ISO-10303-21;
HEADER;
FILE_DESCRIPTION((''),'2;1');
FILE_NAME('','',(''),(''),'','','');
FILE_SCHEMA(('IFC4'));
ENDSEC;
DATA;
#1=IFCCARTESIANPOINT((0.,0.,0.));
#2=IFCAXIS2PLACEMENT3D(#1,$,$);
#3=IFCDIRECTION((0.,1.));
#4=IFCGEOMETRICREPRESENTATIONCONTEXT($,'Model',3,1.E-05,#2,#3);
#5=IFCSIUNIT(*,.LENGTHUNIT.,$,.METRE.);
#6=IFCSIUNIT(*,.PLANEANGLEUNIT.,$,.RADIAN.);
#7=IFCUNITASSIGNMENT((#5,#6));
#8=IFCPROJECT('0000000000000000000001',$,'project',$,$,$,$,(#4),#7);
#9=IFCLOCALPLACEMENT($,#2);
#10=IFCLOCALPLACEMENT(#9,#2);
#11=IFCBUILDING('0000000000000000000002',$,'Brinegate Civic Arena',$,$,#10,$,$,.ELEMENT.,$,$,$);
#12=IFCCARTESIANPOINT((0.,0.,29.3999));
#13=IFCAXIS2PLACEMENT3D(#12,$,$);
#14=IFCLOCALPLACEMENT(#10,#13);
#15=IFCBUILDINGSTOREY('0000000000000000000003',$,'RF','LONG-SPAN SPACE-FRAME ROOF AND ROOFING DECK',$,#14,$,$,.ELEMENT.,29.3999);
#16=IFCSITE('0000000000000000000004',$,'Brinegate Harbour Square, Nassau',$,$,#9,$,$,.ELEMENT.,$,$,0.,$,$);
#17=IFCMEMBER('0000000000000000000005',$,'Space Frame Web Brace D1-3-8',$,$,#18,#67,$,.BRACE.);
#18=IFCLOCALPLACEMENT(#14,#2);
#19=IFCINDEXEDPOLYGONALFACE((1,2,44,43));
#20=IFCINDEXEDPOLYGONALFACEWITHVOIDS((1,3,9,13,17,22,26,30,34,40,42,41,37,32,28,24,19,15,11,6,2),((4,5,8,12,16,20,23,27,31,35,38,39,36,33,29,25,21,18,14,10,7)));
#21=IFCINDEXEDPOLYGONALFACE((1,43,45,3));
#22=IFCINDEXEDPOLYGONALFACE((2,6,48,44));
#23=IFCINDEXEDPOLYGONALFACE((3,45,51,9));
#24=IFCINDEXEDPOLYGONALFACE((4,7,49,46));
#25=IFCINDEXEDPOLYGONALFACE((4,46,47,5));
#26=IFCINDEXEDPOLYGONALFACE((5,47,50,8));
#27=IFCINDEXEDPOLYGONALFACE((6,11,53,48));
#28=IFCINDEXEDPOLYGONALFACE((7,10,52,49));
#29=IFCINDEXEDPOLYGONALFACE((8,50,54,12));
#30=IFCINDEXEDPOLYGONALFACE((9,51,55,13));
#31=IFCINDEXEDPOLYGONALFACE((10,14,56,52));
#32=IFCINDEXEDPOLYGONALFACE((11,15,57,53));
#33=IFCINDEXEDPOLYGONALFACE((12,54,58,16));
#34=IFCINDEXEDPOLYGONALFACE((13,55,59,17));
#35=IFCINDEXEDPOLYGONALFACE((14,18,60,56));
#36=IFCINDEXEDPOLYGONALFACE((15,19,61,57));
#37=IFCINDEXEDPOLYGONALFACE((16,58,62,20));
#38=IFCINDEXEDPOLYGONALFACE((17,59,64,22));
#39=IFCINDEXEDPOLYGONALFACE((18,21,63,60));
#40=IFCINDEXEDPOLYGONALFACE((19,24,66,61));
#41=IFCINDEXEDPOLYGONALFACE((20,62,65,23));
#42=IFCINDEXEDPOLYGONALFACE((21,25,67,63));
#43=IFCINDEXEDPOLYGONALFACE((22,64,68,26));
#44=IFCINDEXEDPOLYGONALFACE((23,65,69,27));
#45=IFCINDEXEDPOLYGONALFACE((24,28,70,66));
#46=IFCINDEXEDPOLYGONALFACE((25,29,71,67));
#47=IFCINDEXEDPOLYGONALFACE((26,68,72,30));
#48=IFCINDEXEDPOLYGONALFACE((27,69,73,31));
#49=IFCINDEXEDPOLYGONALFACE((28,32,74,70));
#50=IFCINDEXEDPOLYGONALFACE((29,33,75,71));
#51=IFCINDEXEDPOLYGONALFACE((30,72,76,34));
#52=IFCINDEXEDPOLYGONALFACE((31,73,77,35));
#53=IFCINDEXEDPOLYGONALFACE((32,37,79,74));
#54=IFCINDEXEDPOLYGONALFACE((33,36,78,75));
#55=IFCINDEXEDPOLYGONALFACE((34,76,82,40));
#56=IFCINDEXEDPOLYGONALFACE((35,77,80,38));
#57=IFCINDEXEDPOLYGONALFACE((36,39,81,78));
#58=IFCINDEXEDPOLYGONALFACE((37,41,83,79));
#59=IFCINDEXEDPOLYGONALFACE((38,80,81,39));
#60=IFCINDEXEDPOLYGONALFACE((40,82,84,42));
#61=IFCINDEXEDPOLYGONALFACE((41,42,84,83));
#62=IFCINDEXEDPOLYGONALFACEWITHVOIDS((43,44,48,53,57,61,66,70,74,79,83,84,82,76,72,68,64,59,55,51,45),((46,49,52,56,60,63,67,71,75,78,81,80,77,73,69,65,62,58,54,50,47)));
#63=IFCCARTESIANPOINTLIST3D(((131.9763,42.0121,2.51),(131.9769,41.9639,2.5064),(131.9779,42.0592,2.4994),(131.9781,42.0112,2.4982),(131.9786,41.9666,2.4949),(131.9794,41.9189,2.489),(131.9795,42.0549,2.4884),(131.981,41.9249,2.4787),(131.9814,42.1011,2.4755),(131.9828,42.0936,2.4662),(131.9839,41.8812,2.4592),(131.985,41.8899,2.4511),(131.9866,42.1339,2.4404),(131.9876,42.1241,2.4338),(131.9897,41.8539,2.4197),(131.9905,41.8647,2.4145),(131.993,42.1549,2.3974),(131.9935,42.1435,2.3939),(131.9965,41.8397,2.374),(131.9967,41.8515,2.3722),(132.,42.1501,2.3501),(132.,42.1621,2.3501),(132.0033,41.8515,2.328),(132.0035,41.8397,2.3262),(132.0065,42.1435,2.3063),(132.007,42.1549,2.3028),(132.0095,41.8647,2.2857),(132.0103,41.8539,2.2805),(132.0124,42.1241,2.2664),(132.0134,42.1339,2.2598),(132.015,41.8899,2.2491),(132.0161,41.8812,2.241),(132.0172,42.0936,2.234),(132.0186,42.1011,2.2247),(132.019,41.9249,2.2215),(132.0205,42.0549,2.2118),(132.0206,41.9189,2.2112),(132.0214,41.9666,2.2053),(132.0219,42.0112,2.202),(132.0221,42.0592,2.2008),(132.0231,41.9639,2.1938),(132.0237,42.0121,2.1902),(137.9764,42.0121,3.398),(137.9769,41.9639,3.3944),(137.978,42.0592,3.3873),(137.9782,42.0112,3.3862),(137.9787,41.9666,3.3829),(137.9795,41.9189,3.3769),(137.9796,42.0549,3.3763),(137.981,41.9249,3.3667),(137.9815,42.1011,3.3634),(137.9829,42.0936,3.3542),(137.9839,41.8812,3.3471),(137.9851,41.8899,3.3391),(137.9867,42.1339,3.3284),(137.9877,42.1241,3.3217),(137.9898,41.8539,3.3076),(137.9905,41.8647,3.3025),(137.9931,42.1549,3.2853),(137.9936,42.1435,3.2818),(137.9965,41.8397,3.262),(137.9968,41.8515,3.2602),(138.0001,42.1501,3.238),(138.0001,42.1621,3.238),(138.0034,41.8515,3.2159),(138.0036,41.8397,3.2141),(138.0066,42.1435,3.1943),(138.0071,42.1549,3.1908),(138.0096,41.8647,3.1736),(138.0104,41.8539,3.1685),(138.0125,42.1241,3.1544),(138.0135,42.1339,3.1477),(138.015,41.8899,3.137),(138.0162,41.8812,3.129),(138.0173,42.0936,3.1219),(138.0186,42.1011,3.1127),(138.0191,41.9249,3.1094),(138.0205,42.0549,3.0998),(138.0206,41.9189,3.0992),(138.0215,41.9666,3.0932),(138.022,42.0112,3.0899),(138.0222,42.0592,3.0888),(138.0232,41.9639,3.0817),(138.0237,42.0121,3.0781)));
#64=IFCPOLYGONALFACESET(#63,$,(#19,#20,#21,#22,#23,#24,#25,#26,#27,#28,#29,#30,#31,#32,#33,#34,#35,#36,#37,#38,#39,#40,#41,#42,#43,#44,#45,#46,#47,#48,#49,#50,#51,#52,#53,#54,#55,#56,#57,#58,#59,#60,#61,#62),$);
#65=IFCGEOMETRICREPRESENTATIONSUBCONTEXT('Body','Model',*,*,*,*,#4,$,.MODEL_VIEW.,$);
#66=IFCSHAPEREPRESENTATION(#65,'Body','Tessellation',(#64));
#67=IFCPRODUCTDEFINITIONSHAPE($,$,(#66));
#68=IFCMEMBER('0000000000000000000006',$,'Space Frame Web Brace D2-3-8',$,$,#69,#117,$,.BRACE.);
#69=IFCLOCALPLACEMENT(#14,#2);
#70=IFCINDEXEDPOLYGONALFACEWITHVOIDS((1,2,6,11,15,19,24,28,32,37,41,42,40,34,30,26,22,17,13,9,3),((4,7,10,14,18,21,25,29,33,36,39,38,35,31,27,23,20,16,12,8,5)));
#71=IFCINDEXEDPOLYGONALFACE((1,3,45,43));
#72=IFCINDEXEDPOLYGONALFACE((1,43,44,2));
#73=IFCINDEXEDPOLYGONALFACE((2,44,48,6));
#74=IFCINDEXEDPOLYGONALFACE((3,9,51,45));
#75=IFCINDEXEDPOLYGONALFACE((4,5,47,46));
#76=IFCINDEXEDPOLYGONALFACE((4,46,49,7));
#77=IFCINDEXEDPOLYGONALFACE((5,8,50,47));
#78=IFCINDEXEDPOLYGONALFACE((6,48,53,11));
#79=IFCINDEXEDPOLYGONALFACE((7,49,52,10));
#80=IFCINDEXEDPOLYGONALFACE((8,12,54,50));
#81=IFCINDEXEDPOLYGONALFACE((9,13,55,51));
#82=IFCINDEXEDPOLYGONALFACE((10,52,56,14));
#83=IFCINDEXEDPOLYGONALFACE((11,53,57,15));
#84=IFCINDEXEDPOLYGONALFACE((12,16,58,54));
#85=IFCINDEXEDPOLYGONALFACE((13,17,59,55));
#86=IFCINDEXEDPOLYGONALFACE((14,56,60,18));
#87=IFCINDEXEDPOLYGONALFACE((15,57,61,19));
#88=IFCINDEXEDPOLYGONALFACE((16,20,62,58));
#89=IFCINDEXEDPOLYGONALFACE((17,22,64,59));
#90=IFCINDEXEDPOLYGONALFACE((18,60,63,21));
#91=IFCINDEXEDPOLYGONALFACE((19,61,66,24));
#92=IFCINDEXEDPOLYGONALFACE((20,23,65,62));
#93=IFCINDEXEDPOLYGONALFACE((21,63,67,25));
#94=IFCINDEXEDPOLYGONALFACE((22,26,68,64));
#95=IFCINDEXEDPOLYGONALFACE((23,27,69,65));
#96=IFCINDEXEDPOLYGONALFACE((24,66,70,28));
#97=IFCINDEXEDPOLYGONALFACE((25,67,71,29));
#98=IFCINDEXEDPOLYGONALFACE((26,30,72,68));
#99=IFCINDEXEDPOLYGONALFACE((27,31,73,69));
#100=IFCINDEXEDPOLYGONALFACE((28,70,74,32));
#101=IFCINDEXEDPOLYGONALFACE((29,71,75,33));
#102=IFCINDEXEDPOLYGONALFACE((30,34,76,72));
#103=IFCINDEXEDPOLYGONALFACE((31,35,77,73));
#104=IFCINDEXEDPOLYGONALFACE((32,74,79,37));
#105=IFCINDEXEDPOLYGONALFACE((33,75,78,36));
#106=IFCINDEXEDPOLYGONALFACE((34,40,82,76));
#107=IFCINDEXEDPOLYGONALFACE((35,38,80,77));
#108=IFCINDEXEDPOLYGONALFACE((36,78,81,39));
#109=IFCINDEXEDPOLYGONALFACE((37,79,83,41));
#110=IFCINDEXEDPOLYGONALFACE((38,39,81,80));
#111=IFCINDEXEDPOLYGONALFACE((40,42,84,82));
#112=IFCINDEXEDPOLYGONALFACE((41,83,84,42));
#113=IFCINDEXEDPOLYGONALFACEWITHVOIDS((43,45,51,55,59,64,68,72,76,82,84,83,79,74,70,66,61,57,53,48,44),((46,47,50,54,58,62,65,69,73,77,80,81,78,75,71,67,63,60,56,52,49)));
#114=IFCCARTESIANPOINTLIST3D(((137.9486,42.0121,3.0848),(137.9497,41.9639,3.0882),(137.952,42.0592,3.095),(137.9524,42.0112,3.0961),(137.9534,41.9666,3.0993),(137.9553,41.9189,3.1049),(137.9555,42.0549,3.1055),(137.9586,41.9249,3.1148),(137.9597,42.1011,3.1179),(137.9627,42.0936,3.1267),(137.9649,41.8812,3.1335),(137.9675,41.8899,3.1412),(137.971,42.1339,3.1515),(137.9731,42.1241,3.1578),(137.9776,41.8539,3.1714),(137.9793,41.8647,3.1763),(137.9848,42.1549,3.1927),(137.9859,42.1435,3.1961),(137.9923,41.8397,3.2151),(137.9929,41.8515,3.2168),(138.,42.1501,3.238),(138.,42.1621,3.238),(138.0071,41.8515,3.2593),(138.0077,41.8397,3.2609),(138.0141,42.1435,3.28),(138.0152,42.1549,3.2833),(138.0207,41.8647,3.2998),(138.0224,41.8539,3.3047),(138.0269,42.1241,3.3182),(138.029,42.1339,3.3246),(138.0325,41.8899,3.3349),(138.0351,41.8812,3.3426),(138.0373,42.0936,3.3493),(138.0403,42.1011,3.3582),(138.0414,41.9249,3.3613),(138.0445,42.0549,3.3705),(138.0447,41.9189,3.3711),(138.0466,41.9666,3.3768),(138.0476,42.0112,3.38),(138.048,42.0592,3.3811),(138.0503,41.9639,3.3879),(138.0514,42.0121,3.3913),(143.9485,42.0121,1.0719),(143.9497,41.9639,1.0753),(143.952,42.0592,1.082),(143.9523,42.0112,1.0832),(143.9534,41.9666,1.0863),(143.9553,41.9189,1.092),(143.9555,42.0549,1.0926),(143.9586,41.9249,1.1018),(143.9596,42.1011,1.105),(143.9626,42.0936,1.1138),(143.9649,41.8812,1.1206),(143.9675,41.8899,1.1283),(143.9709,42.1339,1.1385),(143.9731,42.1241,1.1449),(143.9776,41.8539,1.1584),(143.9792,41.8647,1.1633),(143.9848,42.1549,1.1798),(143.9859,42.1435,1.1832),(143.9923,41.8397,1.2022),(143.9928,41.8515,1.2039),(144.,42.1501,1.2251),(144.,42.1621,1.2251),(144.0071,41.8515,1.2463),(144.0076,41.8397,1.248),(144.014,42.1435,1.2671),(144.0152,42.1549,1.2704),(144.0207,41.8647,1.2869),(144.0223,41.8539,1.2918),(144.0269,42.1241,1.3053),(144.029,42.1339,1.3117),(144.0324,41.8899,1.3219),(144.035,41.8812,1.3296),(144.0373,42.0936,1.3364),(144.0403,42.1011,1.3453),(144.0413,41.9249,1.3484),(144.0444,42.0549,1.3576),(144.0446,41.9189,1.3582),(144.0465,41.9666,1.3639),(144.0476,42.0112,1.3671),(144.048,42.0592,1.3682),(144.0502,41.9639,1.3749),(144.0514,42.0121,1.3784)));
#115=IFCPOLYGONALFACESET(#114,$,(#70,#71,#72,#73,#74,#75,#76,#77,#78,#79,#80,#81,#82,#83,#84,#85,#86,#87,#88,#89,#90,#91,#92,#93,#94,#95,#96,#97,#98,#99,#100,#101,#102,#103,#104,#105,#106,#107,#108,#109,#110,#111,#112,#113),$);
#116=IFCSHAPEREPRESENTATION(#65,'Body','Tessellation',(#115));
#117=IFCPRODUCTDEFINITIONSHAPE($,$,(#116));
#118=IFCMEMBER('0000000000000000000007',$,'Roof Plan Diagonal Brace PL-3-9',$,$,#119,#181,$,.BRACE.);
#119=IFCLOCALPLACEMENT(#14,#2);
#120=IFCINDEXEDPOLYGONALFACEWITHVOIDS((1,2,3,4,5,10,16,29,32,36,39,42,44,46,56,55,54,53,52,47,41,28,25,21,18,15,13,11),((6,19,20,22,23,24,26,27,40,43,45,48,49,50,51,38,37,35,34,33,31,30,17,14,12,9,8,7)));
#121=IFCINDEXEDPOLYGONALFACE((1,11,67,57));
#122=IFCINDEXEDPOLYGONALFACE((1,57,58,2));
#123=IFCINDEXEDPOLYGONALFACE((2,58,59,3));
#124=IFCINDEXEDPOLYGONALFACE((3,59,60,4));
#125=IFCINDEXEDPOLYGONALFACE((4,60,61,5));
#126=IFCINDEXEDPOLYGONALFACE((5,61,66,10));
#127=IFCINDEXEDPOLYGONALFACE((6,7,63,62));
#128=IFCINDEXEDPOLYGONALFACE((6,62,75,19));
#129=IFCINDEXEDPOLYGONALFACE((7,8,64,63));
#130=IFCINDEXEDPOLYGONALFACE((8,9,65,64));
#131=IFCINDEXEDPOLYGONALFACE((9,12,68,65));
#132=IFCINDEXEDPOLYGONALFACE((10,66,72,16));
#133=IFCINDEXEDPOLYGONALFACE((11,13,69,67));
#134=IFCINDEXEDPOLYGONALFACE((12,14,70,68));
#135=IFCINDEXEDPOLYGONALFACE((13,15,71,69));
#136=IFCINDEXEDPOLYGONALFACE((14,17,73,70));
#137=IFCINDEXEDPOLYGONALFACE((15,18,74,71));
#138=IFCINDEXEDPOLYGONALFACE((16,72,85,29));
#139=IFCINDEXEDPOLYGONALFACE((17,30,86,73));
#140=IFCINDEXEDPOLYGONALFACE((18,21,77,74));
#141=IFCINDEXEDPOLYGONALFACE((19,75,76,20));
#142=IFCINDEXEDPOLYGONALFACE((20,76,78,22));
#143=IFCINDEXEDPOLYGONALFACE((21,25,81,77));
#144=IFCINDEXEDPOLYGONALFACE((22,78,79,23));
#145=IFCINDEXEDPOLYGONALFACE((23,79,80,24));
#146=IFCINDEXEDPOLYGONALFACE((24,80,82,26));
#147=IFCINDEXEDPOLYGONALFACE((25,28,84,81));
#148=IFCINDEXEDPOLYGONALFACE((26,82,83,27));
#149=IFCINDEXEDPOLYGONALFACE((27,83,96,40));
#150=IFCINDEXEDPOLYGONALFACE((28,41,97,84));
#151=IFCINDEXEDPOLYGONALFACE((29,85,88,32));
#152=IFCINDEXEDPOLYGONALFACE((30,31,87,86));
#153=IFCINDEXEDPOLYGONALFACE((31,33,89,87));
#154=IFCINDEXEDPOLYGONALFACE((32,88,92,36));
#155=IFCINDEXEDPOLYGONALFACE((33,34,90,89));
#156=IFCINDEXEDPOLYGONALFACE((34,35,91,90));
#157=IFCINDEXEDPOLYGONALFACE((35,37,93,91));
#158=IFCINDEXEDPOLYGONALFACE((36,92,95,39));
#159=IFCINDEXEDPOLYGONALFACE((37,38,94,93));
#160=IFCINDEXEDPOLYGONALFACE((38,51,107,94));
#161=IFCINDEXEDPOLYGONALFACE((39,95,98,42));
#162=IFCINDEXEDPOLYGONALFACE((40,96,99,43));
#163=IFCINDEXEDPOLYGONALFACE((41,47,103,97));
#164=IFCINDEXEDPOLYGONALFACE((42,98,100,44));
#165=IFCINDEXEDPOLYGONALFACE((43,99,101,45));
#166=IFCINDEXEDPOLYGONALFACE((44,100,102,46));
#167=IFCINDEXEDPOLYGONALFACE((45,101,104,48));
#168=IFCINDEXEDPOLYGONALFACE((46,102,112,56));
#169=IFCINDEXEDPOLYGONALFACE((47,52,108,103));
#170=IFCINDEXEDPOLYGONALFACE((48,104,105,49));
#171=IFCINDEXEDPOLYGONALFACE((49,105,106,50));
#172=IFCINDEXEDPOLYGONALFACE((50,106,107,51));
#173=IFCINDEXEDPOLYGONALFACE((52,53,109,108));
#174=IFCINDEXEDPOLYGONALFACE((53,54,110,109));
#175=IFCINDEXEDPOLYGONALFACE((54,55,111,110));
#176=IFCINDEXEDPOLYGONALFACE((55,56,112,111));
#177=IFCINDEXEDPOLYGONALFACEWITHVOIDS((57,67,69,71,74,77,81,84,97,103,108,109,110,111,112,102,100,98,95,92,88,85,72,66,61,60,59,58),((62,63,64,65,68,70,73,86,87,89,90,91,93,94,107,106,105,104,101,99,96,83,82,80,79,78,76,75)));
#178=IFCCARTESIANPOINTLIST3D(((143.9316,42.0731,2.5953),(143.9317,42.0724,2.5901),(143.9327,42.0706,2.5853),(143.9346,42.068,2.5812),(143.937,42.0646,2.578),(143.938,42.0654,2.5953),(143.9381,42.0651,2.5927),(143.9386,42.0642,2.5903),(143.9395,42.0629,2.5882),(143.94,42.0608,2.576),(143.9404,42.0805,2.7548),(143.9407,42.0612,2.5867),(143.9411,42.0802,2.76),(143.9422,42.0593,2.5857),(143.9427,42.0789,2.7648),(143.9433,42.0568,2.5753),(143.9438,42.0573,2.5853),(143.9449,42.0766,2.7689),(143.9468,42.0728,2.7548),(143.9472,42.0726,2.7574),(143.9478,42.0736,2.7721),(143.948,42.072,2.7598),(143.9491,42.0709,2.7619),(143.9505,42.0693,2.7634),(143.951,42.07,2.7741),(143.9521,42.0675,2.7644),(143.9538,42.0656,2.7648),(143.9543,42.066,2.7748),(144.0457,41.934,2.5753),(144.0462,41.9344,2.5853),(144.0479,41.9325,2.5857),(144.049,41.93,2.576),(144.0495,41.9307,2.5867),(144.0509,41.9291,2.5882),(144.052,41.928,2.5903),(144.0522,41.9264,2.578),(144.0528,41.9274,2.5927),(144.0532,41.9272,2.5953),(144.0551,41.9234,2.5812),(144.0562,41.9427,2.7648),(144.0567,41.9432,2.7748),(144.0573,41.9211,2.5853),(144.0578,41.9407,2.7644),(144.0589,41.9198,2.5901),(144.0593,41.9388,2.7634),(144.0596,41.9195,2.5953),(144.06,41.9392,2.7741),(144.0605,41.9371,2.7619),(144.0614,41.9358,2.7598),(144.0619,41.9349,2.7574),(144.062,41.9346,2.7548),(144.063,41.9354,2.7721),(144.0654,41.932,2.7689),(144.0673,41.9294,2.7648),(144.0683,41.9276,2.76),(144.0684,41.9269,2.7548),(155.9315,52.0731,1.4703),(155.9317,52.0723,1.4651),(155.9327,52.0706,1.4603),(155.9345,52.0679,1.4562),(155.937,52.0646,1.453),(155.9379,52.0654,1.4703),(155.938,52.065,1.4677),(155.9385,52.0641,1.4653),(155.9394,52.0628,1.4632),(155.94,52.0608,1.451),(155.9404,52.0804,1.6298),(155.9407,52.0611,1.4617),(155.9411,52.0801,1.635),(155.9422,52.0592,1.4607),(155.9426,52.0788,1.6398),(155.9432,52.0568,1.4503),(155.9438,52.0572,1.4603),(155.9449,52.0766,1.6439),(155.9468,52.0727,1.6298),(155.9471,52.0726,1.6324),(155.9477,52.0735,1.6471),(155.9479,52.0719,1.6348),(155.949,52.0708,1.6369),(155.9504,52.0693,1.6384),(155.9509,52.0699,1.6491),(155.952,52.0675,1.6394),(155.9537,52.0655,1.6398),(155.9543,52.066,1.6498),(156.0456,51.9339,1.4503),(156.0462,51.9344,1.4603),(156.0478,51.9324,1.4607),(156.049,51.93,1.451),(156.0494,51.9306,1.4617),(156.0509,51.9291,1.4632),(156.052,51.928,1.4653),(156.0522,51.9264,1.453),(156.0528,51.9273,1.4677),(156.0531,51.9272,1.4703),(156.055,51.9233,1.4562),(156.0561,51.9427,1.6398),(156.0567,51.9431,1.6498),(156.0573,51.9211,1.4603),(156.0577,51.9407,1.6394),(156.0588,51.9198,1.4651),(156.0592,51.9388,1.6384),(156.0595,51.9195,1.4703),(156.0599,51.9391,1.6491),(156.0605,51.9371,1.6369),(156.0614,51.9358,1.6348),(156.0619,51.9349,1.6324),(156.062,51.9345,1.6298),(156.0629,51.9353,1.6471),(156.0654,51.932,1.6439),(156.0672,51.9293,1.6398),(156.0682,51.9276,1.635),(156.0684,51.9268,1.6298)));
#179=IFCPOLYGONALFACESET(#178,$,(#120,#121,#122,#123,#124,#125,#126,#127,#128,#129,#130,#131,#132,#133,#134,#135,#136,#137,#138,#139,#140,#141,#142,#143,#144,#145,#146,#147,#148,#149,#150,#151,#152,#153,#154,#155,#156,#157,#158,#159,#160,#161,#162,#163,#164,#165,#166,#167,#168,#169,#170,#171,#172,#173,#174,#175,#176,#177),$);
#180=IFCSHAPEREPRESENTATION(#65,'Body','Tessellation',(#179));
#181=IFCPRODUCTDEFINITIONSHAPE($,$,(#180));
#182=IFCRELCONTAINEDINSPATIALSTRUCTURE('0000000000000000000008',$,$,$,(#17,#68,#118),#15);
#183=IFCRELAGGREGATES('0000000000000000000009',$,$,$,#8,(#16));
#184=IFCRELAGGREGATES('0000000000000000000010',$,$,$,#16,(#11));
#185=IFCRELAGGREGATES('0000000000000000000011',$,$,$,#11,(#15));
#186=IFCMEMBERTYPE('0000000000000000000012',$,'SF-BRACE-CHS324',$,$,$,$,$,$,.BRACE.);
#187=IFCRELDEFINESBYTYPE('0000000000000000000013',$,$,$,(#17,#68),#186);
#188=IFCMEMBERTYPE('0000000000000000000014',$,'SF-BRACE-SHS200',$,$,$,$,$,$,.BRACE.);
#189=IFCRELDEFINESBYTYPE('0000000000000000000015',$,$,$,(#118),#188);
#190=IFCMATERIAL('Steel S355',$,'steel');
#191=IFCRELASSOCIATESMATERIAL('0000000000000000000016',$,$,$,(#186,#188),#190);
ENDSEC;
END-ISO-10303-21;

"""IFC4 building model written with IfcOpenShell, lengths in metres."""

from ifc_helpers import new_model, si_unit, direction, frame, origin, origin_2d, place, context, subcontext, project, spatial, hollow_rectangle, hollow_circle, extrude, material, material_profile, profile_set, type_object, element, save


model = new_model("IFC4")

# Units and contexts
model_context = context("Model", 3, precision=1e-05, world=origin(), true_north=direction((0.0, 1.0)))
body_context = subcontext(model_context, "Body", "Model", "MODEL_VIEW")
ifc_project = project(units=[si_unit("LENGTHUNIT", "METRE"), si_unit("PLANEANGLEUNIT", "RADIAN")], contexts=[model_context])

# Site, building, storey
site_placement = place(None, origin())
site = spatial("IfcSite", under=ifc_project, at=site_placement, Name="Brinegate Harbour Square, Nassau", CompositionType="ELEMENT", RefElevation=0.0)
building_placement = place(site_placement, origin())
building = spatial("IfcBuilding", under=site, at=building_placement, Name="Brinegate Civic Arena", CompositionType="ELEMENT")
storey_placement = place(building_placement, frame((0.0, 0.0, 29.3999)))
storey = spatial("IfcBuildingStorey", under=building, at=storey_placement, Name="RF", Description="LONG-SPAN SPACE-FRAME ROOF AND ROOFING DECK", CompositionType="ELEMENT", Elevation=29.3999)

# Shared definitions
ifc_material_1 = material(Name="Steel S355", Category="steel")

# Members
ifc_material_profile_1 = material_profile(ifc_material_1, hollow_circle(Radius=0.1621, WallThickness=0.012, at=origin_2d()), Name="CHS324X12")
ifc_profile_set_1 = profile_set([ifc_material_profile_1], Name="Steel S355")
member_type_1 = type_object("IfcMemberType", Name="SF-BRACE-CHS324", PredefinedType="BRACE", material=ifc_profile_set_1)
member_1_placement = place(storey_placement, frame((132.0, 42.0, 2.3501), z_axis=(0.989226, 0.0, 0.146395), x_axis=(0.0, 1.0, 0.0)))
element("IfcMember", 1, at=member_1_placement, inside=storey, type_object=member_type_1, Name="Space Frame Web Brace D1-3-8", PredefinedType="BRACE", context=body_context, shape_type="SweptSolid", body=[
    extrude(hollow_circle(Radius=0.1621, WallThickness=0.012, at=origin_2d()), origin(), (0.0, 0.0, 1.0), 6.0654),
])
member_2_placement = place(storey_placement, frame((138.0, 42.0, 3.238), z_axis=(0.948068, 0.0, -0.318067), x_axis=(0.0, 1.0, 0.0)))
element("IfcMember", 2, at=member_2_placement, inside=storey, type_object=member_type_1, Name="Space Frame Web Brace D2-3-8", PredefinedType="BRACE", context=body_context, shape_type="SweptSolid", body=[
    extrude(hollow_circle(Radius=0.1621, WallThickness=0.012, at=origin_2d()), origin(), (0.0, 0.0, 1.0), 6.3286),
])
ifc_material_profile_2 = material_profile(ifc_material_1, hollow_rectangle(XDim=0.2, YDim=0.2, WallThickness=0.01, InnerFilletRadius=0.01, OuterFilletRadius=0.02, at=origin_2d()), Name="SHS200X10")
ifc_profile_set_2 = profile_set([ifc_material_profile_2], Name="Steel S355")
member_type_2 = type_object("IfcMemberType", Name="SF-BRACE-SHS200", PredefinedType="BRACE", material=ifc_profile_set_2)
member_3_placement = place(storey_placement, frame((144.0, 42.0, 2.675), z_axis=(0.766237, 0.638531, -0.071835), x_axis=(-0.640184, 0.768221, 0.0)))
element("IfcMember", 3, at=member_3_placement, inside=storey, type_object=member_type_2, Name="Roof Plan Diagonal Brace PL-3-9", PredefinedType="BRACE", context=body_context, shape_type="SweptSolid", body=[
    extrude(hollow_rectangle(XDim=0.2, YDim=0.2, WallThickness=0.01, InnerFilletRadius=0.01, OuterFilletRadius=0.02, at=origin_2d()), origin(), (0.0, 0.0, 1.0), 15.6609),
])

save(model, "model.ifc")
